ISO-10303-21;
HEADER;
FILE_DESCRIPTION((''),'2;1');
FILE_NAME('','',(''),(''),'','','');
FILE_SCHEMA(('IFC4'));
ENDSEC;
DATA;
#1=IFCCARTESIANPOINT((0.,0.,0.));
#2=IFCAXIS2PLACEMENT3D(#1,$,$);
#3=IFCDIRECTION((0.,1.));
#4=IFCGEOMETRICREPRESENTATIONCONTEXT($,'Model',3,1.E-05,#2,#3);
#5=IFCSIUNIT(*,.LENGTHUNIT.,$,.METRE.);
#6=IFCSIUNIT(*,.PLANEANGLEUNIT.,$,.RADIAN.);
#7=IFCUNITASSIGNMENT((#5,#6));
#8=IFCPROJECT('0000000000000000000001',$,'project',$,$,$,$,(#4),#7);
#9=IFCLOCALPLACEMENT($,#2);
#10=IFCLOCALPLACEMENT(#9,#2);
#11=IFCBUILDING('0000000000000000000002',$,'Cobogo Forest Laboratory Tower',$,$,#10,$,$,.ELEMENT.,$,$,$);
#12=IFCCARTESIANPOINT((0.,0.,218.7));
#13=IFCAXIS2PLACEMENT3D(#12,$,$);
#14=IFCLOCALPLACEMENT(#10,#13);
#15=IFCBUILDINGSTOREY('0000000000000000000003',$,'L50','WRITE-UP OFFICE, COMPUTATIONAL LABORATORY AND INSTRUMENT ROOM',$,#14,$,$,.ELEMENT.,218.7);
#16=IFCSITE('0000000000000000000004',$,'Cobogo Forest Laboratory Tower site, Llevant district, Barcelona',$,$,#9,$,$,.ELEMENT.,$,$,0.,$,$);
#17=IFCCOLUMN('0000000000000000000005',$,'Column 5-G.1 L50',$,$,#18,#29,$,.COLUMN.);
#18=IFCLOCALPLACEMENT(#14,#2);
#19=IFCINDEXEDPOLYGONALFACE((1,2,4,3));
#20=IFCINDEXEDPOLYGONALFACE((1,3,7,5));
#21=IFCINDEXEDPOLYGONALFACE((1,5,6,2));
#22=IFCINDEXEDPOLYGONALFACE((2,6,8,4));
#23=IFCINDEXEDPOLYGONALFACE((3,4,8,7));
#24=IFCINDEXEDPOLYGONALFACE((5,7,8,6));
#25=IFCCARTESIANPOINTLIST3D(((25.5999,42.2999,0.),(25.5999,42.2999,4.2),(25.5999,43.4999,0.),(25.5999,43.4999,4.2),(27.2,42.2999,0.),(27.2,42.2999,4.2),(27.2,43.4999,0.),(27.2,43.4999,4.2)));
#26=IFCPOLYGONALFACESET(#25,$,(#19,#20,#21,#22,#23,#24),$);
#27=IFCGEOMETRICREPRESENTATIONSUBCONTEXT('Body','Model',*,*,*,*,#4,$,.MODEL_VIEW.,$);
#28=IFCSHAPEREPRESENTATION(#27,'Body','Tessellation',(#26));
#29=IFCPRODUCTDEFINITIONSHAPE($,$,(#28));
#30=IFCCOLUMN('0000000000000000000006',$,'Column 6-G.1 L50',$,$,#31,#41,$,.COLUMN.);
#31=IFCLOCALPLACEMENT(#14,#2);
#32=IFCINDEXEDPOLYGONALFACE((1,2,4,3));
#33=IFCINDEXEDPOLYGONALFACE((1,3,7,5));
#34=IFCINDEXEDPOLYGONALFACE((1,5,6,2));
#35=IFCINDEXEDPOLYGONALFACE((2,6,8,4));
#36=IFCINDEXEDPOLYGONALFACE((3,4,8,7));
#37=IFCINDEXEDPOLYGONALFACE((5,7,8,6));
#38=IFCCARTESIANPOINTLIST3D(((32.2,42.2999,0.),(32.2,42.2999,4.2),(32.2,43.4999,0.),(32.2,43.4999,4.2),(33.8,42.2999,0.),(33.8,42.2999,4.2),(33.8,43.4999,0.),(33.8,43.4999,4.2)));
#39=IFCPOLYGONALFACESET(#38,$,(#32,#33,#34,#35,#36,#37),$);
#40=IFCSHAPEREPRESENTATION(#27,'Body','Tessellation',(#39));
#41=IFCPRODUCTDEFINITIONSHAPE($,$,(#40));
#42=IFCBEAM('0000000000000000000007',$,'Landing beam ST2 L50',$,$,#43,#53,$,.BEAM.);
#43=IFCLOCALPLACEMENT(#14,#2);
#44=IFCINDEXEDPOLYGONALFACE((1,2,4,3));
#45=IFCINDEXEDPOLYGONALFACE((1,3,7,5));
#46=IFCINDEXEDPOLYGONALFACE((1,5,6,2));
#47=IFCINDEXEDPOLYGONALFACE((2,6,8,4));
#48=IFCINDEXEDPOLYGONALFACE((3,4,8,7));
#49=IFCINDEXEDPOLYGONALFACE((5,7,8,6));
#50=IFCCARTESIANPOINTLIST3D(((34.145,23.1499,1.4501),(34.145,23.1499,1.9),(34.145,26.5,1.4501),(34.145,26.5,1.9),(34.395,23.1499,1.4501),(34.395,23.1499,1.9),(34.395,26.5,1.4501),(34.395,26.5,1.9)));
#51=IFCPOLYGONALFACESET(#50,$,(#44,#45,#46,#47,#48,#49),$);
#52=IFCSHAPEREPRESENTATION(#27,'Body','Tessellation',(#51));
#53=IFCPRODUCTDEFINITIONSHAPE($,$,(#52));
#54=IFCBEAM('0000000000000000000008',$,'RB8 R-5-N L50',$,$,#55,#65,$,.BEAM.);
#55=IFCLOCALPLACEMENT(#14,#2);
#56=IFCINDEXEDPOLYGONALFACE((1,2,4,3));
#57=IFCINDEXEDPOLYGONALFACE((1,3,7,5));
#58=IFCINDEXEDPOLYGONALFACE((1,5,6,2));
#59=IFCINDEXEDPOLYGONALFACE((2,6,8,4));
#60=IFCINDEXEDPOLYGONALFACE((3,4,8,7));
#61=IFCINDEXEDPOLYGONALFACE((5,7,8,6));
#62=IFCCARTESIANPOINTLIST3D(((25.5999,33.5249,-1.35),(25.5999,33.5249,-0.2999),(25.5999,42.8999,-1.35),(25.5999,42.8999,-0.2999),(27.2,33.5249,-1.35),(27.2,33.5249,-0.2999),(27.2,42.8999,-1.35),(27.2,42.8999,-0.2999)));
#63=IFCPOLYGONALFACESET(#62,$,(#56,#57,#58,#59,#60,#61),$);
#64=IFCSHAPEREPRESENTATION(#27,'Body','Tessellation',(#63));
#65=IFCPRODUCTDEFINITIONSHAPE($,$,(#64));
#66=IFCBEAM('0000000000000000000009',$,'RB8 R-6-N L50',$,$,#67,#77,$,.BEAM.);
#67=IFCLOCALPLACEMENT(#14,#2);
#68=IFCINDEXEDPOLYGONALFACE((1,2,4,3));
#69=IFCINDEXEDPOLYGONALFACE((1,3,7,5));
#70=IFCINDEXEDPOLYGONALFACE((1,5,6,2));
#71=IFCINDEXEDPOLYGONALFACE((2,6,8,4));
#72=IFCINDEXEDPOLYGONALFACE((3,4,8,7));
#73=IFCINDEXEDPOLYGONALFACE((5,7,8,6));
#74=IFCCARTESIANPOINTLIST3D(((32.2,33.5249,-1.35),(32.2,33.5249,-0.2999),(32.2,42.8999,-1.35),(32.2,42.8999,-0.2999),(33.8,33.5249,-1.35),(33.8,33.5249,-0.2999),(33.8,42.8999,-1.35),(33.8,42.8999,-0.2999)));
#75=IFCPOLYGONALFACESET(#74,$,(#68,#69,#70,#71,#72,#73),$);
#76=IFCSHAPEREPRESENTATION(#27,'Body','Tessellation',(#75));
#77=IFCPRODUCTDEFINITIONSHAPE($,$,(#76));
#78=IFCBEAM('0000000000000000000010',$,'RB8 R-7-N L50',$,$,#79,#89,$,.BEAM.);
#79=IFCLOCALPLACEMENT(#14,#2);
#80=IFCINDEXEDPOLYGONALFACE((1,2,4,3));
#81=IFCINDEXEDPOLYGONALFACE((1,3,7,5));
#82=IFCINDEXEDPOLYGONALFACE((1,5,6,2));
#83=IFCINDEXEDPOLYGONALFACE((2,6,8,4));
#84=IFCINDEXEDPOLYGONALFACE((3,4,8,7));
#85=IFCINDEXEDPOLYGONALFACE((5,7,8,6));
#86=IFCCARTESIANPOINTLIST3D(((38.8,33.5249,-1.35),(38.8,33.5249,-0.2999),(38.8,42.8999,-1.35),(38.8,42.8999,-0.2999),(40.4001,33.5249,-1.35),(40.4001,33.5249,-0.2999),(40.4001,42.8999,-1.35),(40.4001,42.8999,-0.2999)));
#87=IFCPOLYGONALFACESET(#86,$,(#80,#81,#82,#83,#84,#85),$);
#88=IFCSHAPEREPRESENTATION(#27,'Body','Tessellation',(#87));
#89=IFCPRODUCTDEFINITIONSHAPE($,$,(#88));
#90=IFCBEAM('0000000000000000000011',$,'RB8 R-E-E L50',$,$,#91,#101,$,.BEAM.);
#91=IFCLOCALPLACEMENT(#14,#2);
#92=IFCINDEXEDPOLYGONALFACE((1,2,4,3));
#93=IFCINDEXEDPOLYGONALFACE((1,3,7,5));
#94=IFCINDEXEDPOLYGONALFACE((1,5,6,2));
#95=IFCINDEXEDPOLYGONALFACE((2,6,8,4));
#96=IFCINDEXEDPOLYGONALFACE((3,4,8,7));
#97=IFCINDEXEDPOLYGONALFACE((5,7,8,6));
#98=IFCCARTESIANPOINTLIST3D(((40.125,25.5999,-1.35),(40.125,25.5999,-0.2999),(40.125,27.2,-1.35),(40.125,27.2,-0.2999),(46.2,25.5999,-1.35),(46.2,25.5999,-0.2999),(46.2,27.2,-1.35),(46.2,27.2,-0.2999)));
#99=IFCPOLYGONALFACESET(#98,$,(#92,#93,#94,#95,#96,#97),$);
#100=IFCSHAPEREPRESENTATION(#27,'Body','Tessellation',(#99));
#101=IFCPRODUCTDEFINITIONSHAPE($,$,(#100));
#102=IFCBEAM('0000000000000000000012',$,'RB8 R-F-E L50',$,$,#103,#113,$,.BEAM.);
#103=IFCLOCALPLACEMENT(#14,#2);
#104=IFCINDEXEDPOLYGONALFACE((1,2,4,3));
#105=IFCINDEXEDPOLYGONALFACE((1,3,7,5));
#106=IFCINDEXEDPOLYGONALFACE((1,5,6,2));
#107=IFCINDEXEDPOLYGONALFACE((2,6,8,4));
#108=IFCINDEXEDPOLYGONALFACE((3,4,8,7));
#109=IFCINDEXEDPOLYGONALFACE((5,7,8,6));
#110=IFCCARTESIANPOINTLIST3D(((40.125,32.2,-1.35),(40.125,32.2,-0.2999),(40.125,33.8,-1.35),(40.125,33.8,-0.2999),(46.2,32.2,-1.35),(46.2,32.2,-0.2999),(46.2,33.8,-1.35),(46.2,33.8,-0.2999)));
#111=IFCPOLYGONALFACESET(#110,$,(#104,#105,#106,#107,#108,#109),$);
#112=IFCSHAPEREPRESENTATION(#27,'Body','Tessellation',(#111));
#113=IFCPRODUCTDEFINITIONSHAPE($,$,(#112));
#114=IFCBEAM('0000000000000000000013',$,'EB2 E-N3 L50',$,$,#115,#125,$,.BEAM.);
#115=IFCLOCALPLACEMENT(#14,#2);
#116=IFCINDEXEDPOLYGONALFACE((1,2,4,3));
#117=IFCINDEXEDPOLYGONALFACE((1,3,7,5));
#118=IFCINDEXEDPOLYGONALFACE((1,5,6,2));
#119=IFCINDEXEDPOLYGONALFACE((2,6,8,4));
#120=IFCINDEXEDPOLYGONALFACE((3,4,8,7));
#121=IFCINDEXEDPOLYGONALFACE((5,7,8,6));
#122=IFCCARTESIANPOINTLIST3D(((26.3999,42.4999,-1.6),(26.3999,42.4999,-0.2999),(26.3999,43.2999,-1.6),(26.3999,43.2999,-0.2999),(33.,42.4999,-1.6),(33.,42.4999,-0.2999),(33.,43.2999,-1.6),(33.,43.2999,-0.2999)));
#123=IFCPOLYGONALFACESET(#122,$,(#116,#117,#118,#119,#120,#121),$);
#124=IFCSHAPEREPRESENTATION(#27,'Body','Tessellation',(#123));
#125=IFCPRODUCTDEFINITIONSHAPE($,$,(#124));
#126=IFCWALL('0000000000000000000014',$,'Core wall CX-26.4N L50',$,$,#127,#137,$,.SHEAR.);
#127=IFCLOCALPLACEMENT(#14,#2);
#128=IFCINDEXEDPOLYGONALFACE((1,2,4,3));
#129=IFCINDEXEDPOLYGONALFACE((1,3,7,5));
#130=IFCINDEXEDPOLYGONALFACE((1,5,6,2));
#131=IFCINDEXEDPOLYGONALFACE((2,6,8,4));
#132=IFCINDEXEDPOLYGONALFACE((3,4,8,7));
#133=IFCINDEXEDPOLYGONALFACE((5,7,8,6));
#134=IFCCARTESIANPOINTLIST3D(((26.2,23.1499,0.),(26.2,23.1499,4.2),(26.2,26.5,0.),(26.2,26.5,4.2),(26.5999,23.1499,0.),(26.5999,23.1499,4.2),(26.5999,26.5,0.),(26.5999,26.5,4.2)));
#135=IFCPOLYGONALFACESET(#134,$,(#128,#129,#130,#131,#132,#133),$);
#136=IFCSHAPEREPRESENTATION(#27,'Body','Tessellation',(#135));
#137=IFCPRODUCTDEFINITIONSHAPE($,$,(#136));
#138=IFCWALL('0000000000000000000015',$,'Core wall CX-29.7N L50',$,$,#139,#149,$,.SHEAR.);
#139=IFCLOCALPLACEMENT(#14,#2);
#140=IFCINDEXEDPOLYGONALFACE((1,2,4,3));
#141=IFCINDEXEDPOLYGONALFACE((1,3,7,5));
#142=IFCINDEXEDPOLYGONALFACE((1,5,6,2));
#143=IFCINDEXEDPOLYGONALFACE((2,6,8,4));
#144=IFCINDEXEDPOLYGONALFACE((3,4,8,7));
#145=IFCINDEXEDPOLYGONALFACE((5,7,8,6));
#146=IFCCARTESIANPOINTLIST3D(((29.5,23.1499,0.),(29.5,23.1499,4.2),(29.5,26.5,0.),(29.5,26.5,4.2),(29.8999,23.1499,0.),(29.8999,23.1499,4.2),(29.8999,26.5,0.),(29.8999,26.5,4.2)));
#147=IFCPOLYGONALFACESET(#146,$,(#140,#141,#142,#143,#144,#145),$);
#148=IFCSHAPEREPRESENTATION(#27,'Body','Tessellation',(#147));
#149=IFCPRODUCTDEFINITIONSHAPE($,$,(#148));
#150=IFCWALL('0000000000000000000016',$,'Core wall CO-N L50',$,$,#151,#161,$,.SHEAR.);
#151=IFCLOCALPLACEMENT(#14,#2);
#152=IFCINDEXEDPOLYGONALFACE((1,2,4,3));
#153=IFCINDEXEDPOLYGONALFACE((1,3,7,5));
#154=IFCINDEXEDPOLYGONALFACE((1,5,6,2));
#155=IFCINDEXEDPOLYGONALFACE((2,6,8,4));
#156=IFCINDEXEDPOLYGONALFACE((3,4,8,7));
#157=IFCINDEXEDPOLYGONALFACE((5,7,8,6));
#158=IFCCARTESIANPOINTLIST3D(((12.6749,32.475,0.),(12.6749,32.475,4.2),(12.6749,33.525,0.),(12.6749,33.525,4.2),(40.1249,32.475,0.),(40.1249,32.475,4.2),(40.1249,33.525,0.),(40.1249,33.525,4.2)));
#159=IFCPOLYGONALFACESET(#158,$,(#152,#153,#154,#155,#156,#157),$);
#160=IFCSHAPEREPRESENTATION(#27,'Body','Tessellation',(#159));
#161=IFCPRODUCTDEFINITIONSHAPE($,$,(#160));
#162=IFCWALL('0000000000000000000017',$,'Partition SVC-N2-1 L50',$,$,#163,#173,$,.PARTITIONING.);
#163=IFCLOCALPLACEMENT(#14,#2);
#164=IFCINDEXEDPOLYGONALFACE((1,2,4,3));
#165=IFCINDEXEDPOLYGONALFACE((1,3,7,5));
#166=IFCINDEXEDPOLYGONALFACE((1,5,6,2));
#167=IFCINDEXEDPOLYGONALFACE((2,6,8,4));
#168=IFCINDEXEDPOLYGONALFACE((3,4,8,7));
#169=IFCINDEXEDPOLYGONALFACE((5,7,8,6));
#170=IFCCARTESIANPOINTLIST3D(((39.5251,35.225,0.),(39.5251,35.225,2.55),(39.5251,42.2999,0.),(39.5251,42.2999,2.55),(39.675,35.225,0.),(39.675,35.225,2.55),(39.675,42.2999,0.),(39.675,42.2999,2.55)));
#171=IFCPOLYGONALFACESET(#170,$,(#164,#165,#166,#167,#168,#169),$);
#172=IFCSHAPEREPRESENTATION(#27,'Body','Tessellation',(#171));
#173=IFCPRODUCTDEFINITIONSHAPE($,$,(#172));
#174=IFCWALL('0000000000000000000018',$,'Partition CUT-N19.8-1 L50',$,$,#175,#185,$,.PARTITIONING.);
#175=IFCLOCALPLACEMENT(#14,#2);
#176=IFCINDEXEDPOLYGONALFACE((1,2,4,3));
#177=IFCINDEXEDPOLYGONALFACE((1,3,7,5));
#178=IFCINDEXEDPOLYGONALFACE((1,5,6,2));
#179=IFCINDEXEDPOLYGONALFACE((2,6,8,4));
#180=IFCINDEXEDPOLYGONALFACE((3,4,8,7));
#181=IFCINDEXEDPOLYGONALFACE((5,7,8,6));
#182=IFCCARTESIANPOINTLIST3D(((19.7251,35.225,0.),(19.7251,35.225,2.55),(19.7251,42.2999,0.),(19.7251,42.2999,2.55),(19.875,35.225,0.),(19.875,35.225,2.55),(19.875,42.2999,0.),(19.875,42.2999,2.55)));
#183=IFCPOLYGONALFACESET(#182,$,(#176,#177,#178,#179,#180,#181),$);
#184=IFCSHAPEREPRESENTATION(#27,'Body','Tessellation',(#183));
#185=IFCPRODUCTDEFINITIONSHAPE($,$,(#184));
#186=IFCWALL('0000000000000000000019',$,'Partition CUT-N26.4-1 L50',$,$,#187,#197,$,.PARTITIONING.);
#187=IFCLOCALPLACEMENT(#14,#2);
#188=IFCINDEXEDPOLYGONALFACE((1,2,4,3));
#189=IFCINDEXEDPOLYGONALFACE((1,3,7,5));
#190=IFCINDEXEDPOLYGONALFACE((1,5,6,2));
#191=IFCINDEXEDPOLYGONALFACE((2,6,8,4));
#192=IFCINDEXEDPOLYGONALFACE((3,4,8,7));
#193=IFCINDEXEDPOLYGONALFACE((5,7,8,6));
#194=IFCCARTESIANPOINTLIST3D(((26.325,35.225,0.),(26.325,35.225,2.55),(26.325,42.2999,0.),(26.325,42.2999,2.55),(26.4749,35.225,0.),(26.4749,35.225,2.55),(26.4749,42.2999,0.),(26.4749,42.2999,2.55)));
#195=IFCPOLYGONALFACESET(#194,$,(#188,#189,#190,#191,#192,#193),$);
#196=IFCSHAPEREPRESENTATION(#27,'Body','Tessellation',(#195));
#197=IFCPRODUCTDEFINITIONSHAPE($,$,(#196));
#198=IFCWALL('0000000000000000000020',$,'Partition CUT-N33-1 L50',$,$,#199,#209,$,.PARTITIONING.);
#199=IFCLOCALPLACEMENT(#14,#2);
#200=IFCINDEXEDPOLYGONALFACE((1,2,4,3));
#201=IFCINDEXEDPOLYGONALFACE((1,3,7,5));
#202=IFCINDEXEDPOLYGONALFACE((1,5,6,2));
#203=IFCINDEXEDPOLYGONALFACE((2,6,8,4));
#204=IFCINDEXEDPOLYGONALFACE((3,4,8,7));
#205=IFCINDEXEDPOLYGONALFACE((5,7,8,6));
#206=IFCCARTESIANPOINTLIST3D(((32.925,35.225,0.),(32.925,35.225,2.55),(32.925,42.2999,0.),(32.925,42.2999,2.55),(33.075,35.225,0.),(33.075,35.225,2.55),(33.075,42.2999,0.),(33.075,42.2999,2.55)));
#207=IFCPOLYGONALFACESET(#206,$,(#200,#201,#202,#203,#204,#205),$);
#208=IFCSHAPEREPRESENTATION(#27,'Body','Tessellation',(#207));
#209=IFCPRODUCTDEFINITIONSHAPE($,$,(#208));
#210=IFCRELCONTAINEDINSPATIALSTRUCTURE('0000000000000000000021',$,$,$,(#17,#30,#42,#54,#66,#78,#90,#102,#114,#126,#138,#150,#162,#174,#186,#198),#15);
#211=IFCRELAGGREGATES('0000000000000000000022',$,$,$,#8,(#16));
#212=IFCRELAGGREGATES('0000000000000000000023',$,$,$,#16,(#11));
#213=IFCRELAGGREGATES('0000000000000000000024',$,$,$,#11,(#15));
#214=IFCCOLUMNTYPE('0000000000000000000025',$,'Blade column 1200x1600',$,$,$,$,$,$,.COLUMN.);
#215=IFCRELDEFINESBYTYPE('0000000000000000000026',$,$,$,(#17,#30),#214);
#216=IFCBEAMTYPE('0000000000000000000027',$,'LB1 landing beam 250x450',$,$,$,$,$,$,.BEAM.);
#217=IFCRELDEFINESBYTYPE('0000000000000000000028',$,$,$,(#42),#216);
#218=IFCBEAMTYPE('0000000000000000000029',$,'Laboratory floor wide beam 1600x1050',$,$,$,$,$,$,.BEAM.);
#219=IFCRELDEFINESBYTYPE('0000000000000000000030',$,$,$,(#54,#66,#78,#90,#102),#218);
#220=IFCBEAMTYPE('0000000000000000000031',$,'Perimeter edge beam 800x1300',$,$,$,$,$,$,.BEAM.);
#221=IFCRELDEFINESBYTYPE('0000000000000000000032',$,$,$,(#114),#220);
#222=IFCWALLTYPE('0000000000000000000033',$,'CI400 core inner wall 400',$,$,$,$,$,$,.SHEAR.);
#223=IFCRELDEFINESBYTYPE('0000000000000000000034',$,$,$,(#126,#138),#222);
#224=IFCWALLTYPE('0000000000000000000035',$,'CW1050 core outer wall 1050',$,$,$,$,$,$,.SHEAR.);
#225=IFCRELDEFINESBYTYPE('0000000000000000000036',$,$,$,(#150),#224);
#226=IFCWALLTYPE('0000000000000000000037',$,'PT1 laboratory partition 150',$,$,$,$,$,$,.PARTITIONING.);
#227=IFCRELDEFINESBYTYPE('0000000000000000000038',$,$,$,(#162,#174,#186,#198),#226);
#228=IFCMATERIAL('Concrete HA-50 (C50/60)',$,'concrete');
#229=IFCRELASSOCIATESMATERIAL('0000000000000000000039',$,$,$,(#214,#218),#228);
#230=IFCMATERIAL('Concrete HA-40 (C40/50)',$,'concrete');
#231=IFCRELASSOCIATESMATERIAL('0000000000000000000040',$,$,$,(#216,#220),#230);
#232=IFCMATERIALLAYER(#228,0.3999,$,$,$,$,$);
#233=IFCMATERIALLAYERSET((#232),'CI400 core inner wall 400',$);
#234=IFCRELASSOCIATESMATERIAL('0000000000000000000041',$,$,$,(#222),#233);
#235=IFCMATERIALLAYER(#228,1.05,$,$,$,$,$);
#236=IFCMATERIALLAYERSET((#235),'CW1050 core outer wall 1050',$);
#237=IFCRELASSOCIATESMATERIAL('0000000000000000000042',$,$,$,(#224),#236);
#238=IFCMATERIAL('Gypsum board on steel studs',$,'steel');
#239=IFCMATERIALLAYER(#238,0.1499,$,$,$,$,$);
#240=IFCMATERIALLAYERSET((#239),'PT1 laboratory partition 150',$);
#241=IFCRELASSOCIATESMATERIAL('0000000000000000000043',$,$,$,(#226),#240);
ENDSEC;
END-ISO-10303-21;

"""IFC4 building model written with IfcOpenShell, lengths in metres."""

from ifc_helpers import new_model, si_unit, direction, frame, frame_2d, origin, origin_2d, place, context, subcontext, project, spatial, rectangle, extrude, material, layer, layer_set, material_profile, profile_set, type_object, element, save


model = new_model("IFC4")

# Units and contexts
model_context = context("Model", 3, precision=1e-05, world=origin(), true_north=direction((0.0, 1.0)))
body_context = subcontext(model_context, "Body", "Model", "MODEL_VIEW")
ifc_project = project(units=[si_unit("LENGTHUNIT", "METRE"), si_unit("PLANEANGLEUNIT", "RADIAN")], contexts=[model_context])

# Site, building, storey
site_placement = place(None, origin())
site = spatial("IfcSite", under=ifc_project, at=site_placement, Name="Cobogo Forest Laboratory Tower site, Llevant district, Barcelona", CompositionType="ELEMENT", RefElevation=0.0)
building_placement = place(site_placement, origin())
building = spatial("IfcBuilding", under=site, at=building_placement, Name="Cobogo Forest Laboratory Tower", CompositionType="ELEMENT")
storey_placement = place(building_placement, frame((0.0, 0.0, 218.7)))
storey = spatial("IfcBuildingStorey", under=building, at=storey_placement, Name="L50", Description="WRITE-UP OFFICE, COMPUTATIONAL LABORATORY AND INSTRUMENT ROOM", CompositionType="ELEMENT", Elevation=218.7)

# Columns
ifc_material_1 = material(Name="Concrete HA-50 (C50/60)", Category="concrete")
ifc_material_profile_1 = material_profile(ifc_material_1, rectangle(XDim=1.6001, YDim=1.2, at=origin_2d()), Name="RC 1200x1600")
ifc_profile_set_1 = profile_set([ifc_material_profile_1], Name="Concrete HA-50 (C50/60)")
column_type = type_object("IfcColumnType", Name="Blade column 1200x1600", PredefinedType="COLUMN", material=ifc_profile_set_1)
for number, where, z_axis, x_axis, name in (
    (1, (26.3999, 42.8999, 0.0), (0.0, 0.0, 1.0), (1.0, 0.0, 0.0), "Column 5-G.1 L50"),
    (2, (33.0, 42.8999, 0.0), (0.0, 0.0, 1.0), (1.0, 0.0, 0.0), "Column 6-G.1 L50"),
):
    element("IfcColumn", number, at=place(storey_placement, frame(where, z_axis=z_axis, x_axis=x_axis)), inside=storey, type_object=column_type, Name=name, PredefinedType="COLUMN", context=body_context, shape_type="SweptSolid", body=[
        extrude(rectangle(XDim=1.6001, YDim=1.2, at=origin_2d()), origin(), (0.0, 0.0, 1.0), 4.2),
    ])

# Beams
ifc_material_2 = material(Name="Concrete HA-40 (C40/50)", Category="concrete")
ifc_material_profile_2 = material_profile(ifc_material_2, rectangle(XDim=0.25, YDim=0.45, at=origin_2d()), Name="RC 250x450")
ifc_profile_set_2 = profile_set([ifc_material_profile_2], Name="Concrete HA-40 (C40/50)")
beam_type_1 = type_object("IfcBeamType", Name="LB1 landing beam 250x450", PredefinedType="BEAM", material=ifc_profile_set_2)
beam_1_placement = place(storey_placement, frame((34.27, 23.1499, 1.675), z_axis=(0.0, 1.0, 0.0), x_axis=(-1.0, 0.0, 0.0)))
element("IfcBeam", 3, at=beam_1_placement, inside=storey, type_object=beam_type_1, Name="Landing beam ST2 L50", PredefinedType="BEAM", context=body_context, shape_type="SweptSolid", body=[
    extrude(rectangle(XDim=0.25, YDim=0.45, at=origin_2d()), origin(), (0.0, 0.0, 1.0), 3.3501),
])
ifc_material_profile_3 = material_profile(ifc_material_1, rectangle(XDim=1.6001, YDim=1.05, at=origin_2d()), Name="RC 1600x1050")
ifc_profile_set_3 = profile_set([ifc_material_profile_3], Name="Concrete HA-50 (C50/60)")
beam_type_2 = type_object("IfcBeamType", Name="Laboratory floor wide beam 1600x1050", PredefinedType="BEAM", material=ifc_profile_set_3)
for number, where, z_axis, x_axis, name in (
    (4, (26.3999, 33.5249, -0.825), (0.0, 1.0, 0.0), (-1.0, 0.0, 0.0), "RB8 R-5-N L50"),
    (5, (33.0, 33.5249, -0.825), (0.0, 1.0, 0.0), (-1.0, 0.0, 0.0), "RB8 R-6-N L50"),
    (6, (39.6001, 33.5249, -0.825), (0.0, 1.0, 0.0), (-1.0, 0.0, 0.0), "RB8 R-7-N L50"),
):
    element("IfcBeam", number, at=place(storey_placement, frame(where, z_axis=z_axis, x_axis=x_axis)), inside=storey, type_object=beam_type_2, Name=name, PredefinedType="BEAM", context=body_context, shape_type="SweptSolid", body=[
        extrude(rectangle(XDim=1.6001, YDim=1.05, at=origin_2d()), origin(), (0.0, 0.0, 1.0), 9.375),
    ])
for number, where, z_axis, x_axis, name in (
    (7, (40.125, 26.3999, -0.825), (1.0, 0.0, 0.0), (0.0, 1.0, 0.0), "RB8 R-E-E L50"),
    (8, (40.125, 33.0, -0.825), (1.0, 0.0, 0.0), (0.0, 1.0, 0.0), "RB8 R-F-E L50"),
):
    element("IfcBeam", number, at=place(storey_placement, frame(where, z_axis=z_axis, x_axis=x_axis)), inside=storey, type_object=beam_type_2, Name=name, PredefinedType="BEAM", context=body_context, shape_type="SweptSolid", body=[
        extrude(rectangle(XDim=1.6001, YDim=1.05, at=origin_2d()), origin(), (0.0, 0.0, 1.0), 6.075),
    ])
ifc_material_profile_4 = material_profile(ifc_material_2, rectangle(XDim=0.8, YDim=1.3, at=origin_2d()), Name="RC 800x1300")
ifc_profile_set_4 = profile_set([ifc_material_profile_4], Name="Concrete HA-40 (C40/50)")
beam_type_3 = type_object("IfcBeamType", Name="Perimeter edge beam 800x1300", PredefinedType="BEAM", material=ifc_profile_set_4)
beam_2_placement = place(storey_placement, frame((26.3999, 42.8999, -0.95), z_axis=(1.0, 0.0, 0.0), x_axis=(0.0, 1.0, 0.0)))
element("IfcBeam", 9, at=beam_2_placement, inside=storey, type_object=beam_type_3, Name="EB2 E-N3 L50", PredefinedType="BEAM", context=body_context, shape_type="SweptSolid", body=[
    extrude(rectangle(XDim=0.8, YDim=1.3, at=origin_2d()), origin(), (0.0, 0.0, 1.0), 6.6001),
])

# Walls
ifc_layer_1 = layer(ifc_material_1, 0.3999)
ifc_layer_set_1 = layer_set([ifc_layer_1], Name="CI400 core inner wall 400")
wall_type_1 = type_object("IfcWallType", Name="CI400 core inner wall 400", PredefinedType="SHEAR", material=ifc_layer_set_1)
for number, where, z_axis, x_axis, name in (
    (10, (26.3999, 23.1499, 0.0), (0.0, 0.0, 1.0), (0.0, 1.0, 0.0), "Core wall CX-26.4N L50"),
    (11, (29.7, 23.1499, 0.0), (0.0, 0.0, 1.0), (0.0, 1.0, 0.0), "Core wall CX-29.7N L50"),
):
    element("IfcWall", number, at=place(storey_placement, frame(where, z_axis=z_axis, x_axis=x_axis)), inside=storey, type_object=wall_type_1, Name=name, PredefinedType="SHEAR", context=body_context, shape_type="SweptSolid", body=[
        extrude(rectangle(XDim=3.3501, YDim=0.3999, at=frame_2d((1.675, 0.0))), origin(), (0.0, 0.0, 1.0), 4.2),
    ])
ifc_layer_2 = layer(ifc_material_1, 1.05)
ifc_layer_set_2 = layer_set([ifc_layer_2], Name="CW1050 core outer wall 1050")
wall_type_2 = type_object("IfcWallType", Name="CW1050 core outer wall 1050", PredefinedType="SHEAR", material=ifc_layer_set_2)
wall_placement = place(storey_placement, frame((40.125, 33.0, 0.0), z_axis=(0.0, 0.0, 1.0), x_axis=(-1.0, 0.0, 0.0)))
element("IfcWall", 12, at=wall_placement, inside=storey, type_object=wall_type_2, Name="Core wall CO-N L50", PredefinedType="SHEAR", context=body_context, shape_type="SweptSolid", body=[
    extrude(rectangle(XDim=27.45, YDim=1.05, at=frame_2d((13.7251, 0.0))), origin(), (0.0, 0.0, 1.0), 4.2),
])
ifc_material_3 = material(Name="Gypsum board on steel studs", Category="steel")
ifc_layer_3 = layer(ifc_material_3, 0.1499)
ifc_layer_set_3 = layer_set([ifc_layer_3], Name="PT1 laboratory partition 150")
wall_type_3 = type_object("IfcWallType", Name="PT1 laboratory partition 150", PredefinedType="PARTITIONING", material=ifc_layer_set_3)
for number, where, z_axis, x_axis, name in (
    (13, (39.6001, 42.3, 0.0), (0.0, 0.0, 1.0), (0.0, -1.0, 0.0), "Partition SVC-N2-1 L50"),
    (14, (19.8, 42.3, 0.0), (0.0, 0.0, 1.0), (0.0, -1.0, 0.0), "Partition CUT-N19.8-1 L50"),
    (15, (26.3999, 42.3, 0.0), (0.0, 0.0, 1.0), (0.0, -1.0, 0.0), "Partition CUT-N26.4-1 L50"),
    (16, (33.0, 42.3, 0.0), (0.0, 0.0, 1.0), (0.0, -1.0, 0.0), "Partition CUT-N33-1 L50"),
):
    element("IfcWall", number, at=place(storey_placement, frame(where, z_axis=z_axis, x_axis=x_axis)), inside=storey, type_object=wall_type_3, Name=name, PredefinedType="PARTITIONING", context=body_context, shape_type="SweptSolid", body=[
        extrude(rectangle(XDim=7.075, YDim=0.1499, at=frame_2d((3.5376, 0.0))), origin(), (0.0, 0.0, 1.0), 2.55),
    ])

save(model, "model.ifc")
